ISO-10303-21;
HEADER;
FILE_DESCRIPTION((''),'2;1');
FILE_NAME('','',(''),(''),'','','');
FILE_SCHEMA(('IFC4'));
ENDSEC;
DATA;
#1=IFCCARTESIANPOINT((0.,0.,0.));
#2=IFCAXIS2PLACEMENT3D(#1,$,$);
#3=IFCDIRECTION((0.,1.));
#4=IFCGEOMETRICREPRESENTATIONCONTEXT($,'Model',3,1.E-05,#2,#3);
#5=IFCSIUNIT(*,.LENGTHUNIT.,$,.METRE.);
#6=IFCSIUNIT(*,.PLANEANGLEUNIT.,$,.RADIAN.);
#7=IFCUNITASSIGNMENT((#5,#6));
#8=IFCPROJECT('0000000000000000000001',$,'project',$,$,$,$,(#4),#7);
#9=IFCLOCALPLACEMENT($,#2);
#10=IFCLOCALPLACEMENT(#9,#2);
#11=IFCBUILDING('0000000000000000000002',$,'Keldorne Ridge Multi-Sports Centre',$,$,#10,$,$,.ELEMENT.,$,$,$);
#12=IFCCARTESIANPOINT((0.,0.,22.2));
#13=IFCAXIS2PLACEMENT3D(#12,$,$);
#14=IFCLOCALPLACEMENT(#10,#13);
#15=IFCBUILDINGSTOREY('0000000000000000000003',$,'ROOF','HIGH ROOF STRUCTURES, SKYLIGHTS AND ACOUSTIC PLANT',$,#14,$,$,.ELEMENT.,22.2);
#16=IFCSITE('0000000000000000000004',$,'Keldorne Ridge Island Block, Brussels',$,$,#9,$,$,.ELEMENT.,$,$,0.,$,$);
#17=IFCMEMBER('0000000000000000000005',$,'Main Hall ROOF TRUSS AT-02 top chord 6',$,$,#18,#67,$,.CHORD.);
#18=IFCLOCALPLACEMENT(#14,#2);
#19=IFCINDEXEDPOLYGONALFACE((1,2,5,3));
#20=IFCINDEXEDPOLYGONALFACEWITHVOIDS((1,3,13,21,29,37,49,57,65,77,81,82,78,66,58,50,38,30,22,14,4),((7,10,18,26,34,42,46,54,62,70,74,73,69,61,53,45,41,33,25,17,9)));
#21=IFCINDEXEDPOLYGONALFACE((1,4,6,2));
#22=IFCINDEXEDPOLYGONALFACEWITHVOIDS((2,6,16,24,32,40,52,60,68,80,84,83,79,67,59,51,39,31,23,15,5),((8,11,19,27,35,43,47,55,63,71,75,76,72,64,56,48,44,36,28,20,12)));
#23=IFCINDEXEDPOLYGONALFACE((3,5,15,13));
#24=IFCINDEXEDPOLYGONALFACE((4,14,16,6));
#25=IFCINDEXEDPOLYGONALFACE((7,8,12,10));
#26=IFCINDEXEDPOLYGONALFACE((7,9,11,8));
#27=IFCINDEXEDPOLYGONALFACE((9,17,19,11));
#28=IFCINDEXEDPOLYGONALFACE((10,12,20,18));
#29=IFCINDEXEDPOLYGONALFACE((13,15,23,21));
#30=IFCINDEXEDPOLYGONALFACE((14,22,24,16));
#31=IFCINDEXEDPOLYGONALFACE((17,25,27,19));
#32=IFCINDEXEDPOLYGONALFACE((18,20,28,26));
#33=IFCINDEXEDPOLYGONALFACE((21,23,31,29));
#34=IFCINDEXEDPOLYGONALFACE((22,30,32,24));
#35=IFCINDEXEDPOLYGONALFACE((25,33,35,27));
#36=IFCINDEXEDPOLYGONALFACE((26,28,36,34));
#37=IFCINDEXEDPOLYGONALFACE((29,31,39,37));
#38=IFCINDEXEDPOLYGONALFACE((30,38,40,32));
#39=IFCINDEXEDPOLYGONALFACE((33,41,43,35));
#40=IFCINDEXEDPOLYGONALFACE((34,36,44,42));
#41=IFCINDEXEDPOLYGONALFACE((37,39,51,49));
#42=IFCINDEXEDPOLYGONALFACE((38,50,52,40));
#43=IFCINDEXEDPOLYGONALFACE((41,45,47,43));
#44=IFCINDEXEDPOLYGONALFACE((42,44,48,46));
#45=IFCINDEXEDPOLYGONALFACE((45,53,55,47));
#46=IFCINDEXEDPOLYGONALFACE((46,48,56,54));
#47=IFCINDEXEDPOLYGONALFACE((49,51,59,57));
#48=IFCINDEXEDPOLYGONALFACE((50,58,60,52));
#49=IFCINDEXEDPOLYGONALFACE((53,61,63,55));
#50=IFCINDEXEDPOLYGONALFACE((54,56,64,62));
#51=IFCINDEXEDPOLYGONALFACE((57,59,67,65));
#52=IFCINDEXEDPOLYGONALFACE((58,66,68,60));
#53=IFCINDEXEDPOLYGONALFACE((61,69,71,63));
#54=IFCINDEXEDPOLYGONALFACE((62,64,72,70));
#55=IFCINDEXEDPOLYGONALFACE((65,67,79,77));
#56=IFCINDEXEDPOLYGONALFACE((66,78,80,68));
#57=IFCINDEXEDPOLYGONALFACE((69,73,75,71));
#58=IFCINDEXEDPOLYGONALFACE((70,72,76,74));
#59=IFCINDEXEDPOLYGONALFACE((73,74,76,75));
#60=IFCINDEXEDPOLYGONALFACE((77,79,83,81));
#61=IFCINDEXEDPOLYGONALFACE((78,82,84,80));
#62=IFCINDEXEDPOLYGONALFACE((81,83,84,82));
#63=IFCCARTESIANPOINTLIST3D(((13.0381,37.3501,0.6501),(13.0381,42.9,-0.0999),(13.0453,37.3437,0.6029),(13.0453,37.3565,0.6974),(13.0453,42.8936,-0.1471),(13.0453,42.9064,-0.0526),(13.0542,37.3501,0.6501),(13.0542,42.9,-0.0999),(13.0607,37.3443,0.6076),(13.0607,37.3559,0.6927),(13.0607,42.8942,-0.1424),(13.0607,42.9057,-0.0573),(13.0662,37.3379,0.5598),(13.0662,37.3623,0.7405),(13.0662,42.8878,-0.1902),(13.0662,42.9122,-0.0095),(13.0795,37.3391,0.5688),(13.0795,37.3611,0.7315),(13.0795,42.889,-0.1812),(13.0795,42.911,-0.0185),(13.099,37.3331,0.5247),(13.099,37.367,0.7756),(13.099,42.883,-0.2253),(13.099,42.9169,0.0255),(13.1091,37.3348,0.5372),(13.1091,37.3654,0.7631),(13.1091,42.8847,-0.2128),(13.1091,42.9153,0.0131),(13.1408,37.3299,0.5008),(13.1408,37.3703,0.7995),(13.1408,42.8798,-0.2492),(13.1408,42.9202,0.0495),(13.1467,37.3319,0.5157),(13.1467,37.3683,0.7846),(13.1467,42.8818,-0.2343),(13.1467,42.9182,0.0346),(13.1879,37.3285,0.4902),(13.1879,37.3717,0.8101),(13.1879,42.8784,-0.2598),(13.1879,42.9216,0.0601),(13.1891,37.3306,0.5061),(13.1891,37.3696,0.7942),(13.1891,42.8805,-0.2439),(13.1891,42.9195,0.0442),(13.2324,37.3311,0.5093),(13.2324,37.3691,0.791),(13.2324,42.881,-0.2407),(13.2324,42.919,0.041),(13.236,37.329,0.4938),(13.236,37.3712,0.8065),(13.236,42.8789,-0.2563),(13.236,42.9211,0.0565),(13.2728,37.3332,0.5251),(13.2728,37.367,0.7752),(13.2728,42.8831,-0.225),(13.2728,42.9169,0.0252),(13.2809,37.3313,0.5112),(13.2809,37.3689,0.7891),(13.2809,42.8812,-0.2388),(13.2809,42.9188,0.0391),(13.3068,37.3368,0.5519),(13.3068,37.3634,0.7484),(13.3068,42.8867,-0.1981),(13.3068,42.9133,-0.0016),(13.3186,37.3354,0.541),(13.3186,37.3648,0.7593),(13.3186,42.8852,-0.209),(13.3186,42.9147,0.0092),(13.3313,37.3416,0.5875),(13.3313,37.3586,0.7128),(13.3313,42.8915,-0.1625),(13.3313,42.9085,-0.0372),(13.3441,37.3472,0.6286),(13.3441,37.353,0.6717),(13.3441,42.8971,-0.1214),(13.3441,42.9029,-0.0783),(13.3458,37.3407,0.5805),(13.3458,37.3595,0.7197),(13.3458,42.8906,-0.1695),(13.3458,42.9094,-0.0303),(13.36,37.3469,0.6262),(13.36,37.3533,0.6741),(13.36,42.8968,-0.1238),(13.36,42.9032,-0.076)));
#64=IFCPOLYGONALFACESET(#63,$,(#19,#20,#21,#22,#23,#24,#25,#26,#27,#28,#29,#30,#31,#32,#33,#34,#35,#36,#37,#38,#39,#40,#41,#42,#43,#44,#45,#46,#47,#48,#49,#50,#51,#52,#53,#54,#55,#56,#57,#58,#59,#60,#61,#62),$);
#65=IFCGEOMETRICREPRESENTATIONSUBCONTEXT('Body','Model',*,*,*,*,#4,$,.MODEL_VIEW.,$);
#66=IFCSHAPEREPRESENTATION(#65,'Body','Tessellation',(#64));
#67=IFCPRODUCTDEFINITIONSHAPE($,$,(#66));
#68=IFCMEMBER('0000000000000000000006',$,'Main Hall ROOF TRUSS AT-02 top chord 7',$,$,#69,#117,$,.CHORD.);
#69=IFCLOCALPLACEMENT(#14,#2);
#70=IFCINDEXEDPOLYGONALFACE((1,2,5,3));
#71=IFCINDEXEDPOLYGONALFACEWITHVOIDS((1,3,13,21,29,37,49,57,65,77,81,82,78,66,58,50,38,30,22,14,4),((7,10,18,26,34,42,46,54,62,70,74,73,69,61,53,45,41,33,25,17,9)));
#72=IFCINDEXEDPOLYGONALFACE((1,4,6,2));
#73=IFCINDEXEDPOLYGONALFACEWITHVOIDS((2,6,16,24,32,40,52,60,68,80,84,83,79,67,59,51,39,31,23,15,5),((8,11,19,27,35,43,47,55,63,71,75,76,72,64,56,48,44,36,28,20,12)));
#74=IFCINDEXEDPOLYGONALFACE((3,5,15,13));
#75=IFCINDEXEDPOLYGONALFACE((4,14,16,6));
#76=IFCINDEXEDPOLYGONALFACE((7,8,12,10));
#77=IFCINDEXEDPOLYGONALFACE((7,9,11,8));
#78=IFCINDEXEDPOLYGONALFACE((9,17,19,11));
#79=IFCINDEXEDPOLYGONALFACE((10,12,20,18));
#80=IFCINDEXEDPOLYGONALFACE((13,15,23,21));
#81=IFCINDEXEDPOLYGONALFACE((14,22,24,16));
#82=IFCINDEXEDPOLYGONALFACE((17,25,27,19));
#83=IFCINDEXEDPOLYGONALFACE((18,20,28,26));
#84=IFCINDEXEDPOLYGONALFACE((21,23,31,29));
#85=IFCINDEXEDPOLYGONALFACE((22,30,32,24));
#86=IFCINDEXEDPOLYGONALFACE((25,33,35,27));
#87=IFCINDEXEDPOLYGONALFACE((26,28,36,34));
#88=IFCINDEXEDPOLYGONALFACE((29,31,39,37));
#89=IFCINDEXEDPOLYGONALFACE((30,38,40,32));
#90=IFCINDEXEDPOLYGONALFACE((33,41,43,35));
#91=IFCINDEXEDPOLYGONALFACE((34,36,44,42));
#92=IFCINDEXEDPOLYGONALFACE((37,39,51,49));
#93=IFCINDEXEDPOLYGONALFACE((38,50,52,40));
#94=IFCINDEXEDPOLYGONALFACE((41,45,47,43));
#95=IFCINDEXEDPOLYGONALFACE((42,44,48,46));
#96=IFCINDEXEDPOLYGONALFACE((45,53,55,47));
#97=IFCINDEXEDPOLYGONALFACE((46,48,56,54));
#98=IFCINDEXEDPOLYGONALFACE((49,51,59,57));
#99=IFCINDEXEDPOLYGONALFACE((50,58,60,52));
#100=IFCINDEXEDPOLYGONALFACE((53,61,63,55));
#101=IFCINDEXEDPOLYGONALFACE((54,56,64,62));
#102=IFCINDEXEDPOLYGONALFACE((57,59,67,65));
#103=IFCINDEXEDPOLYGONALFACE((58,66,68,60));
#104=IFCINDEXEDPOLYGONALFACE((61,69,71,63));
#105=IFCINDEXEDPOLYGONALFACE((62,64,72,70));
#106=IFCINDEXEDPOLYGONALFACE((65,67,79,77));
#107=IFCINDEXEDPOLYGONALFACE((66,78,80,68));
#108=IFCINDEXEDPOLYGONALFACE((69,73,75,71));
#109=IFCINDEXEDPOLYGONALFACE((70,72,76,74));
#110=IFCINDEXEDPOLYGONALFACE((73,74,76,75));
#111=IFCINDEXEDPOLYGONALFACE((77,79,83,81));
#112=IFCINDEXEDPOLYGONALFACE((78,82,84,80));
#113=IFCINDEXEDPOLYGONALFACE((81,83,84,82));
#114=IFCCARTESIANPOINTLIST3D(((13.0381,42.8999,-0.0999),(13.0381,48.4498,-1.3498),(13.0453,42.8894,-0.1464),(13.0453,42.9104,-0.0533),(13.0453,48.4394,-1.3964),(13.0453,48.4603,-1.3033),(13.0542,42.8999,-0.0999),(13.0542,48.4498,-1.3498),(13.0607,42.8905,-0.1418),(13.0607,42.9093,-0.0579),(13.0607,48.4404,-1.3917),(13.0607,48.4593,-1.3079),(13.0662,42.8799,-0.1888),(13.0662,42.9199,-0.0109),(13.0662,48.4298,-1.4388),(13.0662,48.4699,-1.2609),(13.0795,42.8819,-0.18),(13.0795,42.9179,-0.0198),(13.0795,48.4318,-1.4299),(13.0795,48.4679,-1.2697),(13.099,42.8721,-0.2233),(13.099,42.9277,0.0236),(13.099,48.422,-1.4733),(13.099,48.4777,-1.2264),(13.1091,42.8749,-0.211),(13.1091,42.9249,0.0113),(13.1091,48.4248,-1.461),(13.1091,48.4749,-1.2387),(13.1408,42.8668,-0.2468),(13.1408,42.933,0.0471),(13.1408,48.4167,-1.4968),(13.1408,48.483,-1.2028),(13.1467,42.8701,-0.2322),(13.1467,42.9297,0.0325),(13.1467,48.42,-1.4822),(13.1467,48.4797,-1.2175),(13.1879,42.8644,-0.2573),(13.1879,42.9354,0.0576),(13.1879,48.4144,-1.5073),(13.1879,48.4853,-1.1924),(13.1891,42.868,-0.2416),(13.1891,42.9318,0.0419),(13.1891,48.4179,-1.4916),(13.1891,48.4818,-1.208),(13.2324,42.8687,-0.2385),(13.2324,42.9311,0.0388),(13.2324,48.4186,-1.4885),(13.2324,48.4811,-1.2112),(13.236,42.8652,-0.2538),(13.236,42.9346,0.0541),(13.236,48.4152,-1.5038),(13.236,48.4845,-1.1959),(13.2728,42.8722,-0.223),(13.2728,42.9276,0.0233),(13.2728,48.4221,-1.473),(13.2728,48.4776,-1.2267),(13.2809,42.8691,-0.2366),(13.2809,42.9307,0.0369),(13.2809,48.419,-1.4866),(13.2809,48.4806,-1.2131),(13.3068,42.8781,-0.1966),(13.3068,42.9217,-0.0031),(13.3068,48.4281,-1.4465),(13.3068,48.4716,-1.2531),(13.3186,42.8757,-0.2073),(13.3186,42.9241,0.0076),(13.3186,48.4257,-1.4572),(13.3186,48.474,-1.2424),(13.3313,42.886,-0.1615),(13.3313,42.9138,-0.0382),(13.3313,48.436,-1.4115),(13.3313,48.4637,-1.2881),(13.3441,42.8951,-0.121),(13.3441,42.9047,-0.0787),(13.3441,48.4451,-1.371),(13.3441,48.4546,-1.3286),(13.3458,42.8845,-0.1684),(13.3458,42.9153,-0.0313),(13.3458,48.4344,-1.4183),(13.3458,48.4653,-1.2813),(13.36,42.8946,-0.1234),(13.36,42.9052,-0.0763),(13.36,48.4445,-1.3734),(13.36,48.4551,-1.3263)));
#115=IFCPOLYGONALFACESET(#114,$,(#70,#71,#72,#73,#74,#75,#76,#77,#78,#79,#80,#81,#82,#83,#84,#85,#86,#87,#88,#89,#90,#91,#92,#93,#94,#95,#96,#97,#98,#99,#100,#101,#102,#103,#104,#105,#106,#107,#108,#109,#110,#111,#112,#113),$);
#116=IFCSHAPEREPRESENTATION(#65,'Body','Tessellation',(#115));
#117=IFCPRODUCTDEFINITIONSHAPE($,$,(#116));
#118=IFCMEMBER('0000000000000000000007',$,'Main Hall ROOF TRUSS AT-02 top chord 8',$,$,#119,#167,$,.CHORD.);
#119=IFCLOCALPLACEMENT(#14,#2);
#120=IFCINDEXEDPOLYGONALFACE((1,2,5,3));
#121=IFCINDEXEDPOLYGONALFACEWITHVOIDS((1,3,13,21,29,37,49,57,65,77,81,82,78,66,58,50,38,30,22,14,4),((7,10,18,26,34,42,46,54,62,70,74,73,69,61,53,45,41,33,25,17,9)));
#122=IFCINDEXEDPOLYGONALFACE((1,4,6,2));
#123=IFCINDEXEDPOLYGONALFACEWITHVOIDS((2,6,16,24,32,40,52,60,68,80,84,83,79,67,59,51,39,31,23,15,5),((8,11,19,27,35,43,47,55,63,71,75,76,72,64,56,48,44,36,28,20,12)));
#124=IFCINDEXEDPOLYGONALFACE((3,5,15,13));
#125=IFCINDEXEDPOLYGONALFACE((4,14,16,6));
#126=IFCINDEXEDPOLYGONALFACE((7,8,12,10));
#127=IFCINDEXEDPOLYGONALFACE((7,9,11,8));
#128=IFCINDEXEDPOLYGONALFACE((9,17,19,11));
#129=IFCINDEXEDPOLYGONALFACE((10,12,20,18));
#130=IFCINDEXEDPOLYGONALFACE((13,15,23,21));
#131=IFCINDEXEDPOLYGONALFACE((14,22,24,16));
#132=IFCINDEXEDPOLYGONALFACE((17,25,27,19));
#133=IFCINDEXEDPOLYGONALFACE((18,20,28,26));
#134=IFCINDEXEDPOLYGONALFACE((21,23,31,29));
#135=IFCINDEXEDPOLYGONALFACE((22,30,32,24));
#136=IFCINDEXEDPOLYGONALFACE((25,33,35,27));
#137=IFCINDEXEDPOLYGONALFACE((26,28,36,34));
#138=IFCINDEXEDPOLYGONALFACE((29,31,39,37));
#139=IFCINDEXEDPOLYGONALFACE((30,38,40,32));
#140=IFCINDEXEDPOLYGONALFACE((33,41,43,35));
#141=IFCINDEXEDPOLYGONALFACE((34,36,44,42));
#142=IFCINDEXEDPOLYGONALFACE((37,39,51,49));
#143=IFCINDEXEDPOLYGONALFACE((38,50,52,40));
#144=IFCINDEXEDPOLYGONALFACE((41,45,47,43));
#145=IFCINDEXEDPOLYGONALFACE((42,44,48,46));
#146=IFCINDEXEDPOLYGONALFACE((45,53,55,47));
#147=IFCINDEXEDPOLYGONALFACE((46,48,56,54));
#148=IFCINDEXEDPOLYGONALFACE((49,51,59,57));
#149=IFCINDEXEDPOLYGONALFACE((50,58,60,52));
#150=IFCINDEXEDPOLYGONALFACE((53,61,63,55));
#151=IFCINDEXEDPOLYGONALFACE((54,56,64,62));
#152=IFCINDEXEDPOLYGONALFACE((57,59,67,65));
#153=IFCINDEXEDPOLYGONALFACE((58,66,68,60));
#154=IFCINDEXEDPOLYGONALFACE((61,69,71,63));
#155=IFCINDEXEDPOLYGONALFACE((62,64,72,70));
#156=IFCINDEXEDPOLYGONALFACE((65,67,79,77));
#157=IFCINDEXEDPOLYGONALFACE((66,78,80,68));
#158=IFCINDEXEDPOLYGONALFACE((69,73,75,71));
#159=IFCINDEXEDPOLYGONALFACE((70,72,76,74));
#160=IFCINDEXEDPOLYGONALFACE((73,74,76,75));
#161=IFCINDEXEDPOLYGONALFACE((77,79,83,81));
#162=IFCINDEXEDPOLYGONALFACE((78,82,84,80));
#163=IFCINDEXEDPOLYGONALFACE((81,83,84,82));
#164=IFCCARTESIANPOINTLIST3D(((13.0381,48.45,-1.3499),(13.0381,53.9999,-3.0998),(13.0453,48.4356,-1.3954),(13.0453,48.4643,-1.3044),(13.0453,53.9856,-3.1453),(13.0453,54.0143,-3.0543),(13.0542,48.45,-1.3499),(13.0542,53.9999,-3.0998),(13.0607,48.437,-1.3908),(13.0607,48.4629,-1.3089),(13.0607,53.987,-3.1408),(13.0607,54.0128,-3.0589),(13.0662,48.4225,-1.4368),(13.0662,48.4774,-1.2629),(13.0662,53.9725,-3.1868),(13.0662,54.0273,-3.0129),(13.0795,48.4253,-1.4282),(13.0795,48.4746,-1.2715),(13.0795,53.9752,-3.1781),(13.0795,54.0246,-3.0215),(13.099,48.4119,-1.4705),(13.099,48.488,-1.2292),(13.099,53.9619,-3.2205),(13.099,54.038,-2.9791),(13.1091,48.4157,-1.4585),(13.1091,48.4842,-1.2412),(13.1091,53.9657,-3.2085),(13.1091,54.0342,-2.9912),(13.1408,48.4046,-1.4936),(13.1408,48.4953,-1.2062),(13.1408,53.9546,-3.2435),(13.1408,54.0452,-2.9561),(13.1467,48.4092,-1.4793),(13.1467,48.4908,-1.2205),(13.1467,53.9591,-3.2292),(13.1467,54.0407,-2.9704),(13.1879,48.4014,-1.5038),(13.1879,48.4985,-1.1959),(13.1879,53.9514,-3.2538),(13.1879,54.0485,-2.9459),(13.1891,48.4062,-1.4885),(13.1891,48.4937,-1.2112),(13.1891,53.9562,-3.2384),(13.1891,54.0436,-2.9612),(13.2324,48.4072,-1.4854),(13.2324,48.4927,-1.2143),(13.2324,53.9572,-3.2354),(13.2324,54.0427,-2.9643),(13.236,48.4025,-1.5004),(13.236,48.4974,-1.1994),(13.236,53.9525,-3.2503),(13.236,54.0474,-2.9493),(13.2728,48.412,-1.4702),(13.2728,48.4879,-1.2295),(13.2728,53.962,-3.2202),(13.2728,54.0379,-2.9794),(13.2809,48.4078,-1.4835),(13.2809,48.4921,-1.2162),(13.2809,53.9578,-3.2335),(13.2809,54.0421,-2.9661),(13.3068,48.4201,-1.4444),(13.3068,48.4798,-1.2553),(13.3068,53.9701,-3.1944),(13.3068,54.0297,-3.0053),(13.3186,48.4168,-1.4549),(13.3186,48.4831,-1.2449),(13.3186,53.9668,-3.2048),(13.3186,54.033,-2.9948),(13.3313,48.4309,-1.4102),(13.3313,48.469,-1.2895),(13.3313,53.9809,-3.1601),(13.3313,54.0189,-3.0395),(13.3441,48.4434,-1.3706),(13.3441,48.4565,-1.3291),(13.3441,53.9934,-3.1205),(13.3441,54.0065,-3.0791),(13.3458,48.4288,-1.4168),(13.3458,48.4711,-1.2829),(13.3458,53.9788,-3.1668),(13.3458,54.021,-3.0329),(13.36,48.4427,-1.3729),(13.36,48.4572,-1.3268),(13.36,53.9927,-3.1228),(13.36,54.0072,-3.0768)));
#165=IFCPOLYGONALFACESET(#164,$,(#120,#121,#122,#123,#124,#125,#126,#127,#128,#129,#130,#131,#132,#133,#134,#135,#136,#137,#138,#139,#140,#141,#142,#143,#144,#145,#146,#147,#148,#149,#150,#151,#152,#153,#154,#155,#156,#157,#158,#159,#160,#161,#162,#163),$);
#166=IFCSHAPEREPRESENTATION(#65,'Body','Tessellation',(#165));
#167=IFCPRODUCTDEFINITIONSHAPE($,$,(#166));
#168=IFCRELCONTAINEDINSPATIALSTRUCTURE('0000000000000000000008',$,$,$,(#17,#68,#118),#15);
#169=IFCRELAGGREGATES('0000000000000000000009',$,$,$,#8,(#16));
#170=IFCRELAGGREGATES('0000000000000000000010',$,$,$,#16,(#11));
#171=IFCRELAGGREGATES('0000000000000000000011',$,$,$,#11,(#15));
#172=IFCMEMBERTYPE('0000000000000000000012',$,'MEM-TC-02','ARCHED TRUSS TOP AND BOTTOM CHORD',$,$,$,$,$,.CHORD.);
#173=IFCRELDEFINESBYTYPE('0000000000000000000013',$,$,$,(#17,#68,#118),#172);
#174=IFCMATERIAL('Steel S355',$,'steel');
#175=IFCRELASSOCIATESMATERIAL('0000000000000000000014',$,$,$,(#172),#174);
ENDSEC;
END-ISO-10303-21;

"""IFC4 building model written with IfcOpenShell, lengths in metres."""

from ifc_helpers import new_model, si_unit, direction, frame, origin, origin_2d, place, context, subcontext, project, spatial, hollow_circle, extrude, material, material_profile, profile_set, type_object, element, save


model = new_model("IFC4")

# Units and contexts
model_context = context("Model", 3, precision=1e-05, world=origin(), true_north=direction((0.0, 1.0)))
body_context = subcontext(model_context, "Body", "Model", "MODEL_VIEW")
ifc_project = project(units=[si_unit("LENGTHUNIT", "METRE"), si_unit("PLANEANGLEUNIT", "RADIAN")], contexts=[model_context])

# Site, building, storey
site_placement = place(None, origin())
site = spatial("IfcSite", under=ifc_project, at=site_placement, Name="Keldorne Ridge Island Block, Brussels", CompositionType="ELEMENT", RefElevation=0.0)
building_placement = place(site_placement, origin())
building = spatial("IfcBuilding", under=site, at=building_placement, Name="Keldorne Ridge Multi-Sports Centre", CompositionType="ELEMENT")
storey_placement = place(building_placement, frame((0.0, 0.0, 22.2)))
storey = spatial("IfcBuildingStorey", under=building, at=storey_placement, Name="ROOF", Description="HIGH ROOF STRUCTURES, SKYLIGHTS AND ACOUSTIC PLANT", CompositionType="ELEMENT", Elevation=22.2)

# Members
ifc_material = material(Name="Steel S355", Category="steel")
ifc_material_profile_1 = material_profile(ifc_material, hollow_circle(Radius=0.1619, WallThickness=0.0161, at=origin_2d()), Name="CHS 323.9x16")
ifc_profile_set_1 = profile_set([ifc_material_profile_1], Name="Steel S355")
member_type_1 = type_object("IfcMemberType", Name="MEM-TC-02", Description="ARCHED TRUSS TOP AND BOTTOM CHORD", PredefinedType="CHORD", material=ifc_profile_set_1)
member_1_placement = place(storey_placement, frame((13.2, 37.3501, 0.6501), z_axis=(0.0, 0.990992, -0.133923), x_axis=(-1.0, 0.0, 0.0)))
element("IfcMember", 1, at=member_1_placement, inside=storey, type_object=member_type_1, Name="Main Hall ROOF TRUSS AT-02 top chord 6", PredefinedType="CHORD", context=body_context, shape_type="SweptSolid", body=[
    extrude(hollow_circle(Radius=0.1619, WallThickness=0.0161, at=origin_2d()), origin(), (0.0, 0.0, 1.0), 5.6003),
])
member_2_placement = place(storey_placement, frame((13.2, 42.8999, -0.0999), z_axis=(0.0, 0.975563, -0.219719), x_axis=(-1.0, 0.0, 0.0)))
element("IfcMember", 2, at=member_2_placement, inside=storey, type_object=member_type_1, Name="Main Hall ROOF TRUSS AT-02 top chord 7", PredefinedType="CHORD", context=body_context, shape_type="SweptSolid", body=[
    extrude(hollow_circle(Radius=0.1619, WallThickness=0.0161, at=origin_2d()), origin(), (0.0, 0.0, 1.0), 5.689),
])
member_3_placement = place(storey_placement, frame((13.2, 48.45, -1.3499), z_axis=(0.0, 0.953713, -0.300718), x_axis=(-1.0, 0.0, 0.0)))
element("IfcMember", 3, at=member_3_placement, inside=storey, type_object=member_type_1, Name="Main Hall ROOF TRUSS AT-02 top chord 8", PredefinedType="CHORD", context=body_context, shape_type="SweptSolid", body=[
    extrude(hollow_circle(Radius=0.1619, WallThickness=0.0161, at=origin_2d()), origin(), (0.0, 0.0, 1.0), 5.8193),
])

save(model, "model.ifc")
